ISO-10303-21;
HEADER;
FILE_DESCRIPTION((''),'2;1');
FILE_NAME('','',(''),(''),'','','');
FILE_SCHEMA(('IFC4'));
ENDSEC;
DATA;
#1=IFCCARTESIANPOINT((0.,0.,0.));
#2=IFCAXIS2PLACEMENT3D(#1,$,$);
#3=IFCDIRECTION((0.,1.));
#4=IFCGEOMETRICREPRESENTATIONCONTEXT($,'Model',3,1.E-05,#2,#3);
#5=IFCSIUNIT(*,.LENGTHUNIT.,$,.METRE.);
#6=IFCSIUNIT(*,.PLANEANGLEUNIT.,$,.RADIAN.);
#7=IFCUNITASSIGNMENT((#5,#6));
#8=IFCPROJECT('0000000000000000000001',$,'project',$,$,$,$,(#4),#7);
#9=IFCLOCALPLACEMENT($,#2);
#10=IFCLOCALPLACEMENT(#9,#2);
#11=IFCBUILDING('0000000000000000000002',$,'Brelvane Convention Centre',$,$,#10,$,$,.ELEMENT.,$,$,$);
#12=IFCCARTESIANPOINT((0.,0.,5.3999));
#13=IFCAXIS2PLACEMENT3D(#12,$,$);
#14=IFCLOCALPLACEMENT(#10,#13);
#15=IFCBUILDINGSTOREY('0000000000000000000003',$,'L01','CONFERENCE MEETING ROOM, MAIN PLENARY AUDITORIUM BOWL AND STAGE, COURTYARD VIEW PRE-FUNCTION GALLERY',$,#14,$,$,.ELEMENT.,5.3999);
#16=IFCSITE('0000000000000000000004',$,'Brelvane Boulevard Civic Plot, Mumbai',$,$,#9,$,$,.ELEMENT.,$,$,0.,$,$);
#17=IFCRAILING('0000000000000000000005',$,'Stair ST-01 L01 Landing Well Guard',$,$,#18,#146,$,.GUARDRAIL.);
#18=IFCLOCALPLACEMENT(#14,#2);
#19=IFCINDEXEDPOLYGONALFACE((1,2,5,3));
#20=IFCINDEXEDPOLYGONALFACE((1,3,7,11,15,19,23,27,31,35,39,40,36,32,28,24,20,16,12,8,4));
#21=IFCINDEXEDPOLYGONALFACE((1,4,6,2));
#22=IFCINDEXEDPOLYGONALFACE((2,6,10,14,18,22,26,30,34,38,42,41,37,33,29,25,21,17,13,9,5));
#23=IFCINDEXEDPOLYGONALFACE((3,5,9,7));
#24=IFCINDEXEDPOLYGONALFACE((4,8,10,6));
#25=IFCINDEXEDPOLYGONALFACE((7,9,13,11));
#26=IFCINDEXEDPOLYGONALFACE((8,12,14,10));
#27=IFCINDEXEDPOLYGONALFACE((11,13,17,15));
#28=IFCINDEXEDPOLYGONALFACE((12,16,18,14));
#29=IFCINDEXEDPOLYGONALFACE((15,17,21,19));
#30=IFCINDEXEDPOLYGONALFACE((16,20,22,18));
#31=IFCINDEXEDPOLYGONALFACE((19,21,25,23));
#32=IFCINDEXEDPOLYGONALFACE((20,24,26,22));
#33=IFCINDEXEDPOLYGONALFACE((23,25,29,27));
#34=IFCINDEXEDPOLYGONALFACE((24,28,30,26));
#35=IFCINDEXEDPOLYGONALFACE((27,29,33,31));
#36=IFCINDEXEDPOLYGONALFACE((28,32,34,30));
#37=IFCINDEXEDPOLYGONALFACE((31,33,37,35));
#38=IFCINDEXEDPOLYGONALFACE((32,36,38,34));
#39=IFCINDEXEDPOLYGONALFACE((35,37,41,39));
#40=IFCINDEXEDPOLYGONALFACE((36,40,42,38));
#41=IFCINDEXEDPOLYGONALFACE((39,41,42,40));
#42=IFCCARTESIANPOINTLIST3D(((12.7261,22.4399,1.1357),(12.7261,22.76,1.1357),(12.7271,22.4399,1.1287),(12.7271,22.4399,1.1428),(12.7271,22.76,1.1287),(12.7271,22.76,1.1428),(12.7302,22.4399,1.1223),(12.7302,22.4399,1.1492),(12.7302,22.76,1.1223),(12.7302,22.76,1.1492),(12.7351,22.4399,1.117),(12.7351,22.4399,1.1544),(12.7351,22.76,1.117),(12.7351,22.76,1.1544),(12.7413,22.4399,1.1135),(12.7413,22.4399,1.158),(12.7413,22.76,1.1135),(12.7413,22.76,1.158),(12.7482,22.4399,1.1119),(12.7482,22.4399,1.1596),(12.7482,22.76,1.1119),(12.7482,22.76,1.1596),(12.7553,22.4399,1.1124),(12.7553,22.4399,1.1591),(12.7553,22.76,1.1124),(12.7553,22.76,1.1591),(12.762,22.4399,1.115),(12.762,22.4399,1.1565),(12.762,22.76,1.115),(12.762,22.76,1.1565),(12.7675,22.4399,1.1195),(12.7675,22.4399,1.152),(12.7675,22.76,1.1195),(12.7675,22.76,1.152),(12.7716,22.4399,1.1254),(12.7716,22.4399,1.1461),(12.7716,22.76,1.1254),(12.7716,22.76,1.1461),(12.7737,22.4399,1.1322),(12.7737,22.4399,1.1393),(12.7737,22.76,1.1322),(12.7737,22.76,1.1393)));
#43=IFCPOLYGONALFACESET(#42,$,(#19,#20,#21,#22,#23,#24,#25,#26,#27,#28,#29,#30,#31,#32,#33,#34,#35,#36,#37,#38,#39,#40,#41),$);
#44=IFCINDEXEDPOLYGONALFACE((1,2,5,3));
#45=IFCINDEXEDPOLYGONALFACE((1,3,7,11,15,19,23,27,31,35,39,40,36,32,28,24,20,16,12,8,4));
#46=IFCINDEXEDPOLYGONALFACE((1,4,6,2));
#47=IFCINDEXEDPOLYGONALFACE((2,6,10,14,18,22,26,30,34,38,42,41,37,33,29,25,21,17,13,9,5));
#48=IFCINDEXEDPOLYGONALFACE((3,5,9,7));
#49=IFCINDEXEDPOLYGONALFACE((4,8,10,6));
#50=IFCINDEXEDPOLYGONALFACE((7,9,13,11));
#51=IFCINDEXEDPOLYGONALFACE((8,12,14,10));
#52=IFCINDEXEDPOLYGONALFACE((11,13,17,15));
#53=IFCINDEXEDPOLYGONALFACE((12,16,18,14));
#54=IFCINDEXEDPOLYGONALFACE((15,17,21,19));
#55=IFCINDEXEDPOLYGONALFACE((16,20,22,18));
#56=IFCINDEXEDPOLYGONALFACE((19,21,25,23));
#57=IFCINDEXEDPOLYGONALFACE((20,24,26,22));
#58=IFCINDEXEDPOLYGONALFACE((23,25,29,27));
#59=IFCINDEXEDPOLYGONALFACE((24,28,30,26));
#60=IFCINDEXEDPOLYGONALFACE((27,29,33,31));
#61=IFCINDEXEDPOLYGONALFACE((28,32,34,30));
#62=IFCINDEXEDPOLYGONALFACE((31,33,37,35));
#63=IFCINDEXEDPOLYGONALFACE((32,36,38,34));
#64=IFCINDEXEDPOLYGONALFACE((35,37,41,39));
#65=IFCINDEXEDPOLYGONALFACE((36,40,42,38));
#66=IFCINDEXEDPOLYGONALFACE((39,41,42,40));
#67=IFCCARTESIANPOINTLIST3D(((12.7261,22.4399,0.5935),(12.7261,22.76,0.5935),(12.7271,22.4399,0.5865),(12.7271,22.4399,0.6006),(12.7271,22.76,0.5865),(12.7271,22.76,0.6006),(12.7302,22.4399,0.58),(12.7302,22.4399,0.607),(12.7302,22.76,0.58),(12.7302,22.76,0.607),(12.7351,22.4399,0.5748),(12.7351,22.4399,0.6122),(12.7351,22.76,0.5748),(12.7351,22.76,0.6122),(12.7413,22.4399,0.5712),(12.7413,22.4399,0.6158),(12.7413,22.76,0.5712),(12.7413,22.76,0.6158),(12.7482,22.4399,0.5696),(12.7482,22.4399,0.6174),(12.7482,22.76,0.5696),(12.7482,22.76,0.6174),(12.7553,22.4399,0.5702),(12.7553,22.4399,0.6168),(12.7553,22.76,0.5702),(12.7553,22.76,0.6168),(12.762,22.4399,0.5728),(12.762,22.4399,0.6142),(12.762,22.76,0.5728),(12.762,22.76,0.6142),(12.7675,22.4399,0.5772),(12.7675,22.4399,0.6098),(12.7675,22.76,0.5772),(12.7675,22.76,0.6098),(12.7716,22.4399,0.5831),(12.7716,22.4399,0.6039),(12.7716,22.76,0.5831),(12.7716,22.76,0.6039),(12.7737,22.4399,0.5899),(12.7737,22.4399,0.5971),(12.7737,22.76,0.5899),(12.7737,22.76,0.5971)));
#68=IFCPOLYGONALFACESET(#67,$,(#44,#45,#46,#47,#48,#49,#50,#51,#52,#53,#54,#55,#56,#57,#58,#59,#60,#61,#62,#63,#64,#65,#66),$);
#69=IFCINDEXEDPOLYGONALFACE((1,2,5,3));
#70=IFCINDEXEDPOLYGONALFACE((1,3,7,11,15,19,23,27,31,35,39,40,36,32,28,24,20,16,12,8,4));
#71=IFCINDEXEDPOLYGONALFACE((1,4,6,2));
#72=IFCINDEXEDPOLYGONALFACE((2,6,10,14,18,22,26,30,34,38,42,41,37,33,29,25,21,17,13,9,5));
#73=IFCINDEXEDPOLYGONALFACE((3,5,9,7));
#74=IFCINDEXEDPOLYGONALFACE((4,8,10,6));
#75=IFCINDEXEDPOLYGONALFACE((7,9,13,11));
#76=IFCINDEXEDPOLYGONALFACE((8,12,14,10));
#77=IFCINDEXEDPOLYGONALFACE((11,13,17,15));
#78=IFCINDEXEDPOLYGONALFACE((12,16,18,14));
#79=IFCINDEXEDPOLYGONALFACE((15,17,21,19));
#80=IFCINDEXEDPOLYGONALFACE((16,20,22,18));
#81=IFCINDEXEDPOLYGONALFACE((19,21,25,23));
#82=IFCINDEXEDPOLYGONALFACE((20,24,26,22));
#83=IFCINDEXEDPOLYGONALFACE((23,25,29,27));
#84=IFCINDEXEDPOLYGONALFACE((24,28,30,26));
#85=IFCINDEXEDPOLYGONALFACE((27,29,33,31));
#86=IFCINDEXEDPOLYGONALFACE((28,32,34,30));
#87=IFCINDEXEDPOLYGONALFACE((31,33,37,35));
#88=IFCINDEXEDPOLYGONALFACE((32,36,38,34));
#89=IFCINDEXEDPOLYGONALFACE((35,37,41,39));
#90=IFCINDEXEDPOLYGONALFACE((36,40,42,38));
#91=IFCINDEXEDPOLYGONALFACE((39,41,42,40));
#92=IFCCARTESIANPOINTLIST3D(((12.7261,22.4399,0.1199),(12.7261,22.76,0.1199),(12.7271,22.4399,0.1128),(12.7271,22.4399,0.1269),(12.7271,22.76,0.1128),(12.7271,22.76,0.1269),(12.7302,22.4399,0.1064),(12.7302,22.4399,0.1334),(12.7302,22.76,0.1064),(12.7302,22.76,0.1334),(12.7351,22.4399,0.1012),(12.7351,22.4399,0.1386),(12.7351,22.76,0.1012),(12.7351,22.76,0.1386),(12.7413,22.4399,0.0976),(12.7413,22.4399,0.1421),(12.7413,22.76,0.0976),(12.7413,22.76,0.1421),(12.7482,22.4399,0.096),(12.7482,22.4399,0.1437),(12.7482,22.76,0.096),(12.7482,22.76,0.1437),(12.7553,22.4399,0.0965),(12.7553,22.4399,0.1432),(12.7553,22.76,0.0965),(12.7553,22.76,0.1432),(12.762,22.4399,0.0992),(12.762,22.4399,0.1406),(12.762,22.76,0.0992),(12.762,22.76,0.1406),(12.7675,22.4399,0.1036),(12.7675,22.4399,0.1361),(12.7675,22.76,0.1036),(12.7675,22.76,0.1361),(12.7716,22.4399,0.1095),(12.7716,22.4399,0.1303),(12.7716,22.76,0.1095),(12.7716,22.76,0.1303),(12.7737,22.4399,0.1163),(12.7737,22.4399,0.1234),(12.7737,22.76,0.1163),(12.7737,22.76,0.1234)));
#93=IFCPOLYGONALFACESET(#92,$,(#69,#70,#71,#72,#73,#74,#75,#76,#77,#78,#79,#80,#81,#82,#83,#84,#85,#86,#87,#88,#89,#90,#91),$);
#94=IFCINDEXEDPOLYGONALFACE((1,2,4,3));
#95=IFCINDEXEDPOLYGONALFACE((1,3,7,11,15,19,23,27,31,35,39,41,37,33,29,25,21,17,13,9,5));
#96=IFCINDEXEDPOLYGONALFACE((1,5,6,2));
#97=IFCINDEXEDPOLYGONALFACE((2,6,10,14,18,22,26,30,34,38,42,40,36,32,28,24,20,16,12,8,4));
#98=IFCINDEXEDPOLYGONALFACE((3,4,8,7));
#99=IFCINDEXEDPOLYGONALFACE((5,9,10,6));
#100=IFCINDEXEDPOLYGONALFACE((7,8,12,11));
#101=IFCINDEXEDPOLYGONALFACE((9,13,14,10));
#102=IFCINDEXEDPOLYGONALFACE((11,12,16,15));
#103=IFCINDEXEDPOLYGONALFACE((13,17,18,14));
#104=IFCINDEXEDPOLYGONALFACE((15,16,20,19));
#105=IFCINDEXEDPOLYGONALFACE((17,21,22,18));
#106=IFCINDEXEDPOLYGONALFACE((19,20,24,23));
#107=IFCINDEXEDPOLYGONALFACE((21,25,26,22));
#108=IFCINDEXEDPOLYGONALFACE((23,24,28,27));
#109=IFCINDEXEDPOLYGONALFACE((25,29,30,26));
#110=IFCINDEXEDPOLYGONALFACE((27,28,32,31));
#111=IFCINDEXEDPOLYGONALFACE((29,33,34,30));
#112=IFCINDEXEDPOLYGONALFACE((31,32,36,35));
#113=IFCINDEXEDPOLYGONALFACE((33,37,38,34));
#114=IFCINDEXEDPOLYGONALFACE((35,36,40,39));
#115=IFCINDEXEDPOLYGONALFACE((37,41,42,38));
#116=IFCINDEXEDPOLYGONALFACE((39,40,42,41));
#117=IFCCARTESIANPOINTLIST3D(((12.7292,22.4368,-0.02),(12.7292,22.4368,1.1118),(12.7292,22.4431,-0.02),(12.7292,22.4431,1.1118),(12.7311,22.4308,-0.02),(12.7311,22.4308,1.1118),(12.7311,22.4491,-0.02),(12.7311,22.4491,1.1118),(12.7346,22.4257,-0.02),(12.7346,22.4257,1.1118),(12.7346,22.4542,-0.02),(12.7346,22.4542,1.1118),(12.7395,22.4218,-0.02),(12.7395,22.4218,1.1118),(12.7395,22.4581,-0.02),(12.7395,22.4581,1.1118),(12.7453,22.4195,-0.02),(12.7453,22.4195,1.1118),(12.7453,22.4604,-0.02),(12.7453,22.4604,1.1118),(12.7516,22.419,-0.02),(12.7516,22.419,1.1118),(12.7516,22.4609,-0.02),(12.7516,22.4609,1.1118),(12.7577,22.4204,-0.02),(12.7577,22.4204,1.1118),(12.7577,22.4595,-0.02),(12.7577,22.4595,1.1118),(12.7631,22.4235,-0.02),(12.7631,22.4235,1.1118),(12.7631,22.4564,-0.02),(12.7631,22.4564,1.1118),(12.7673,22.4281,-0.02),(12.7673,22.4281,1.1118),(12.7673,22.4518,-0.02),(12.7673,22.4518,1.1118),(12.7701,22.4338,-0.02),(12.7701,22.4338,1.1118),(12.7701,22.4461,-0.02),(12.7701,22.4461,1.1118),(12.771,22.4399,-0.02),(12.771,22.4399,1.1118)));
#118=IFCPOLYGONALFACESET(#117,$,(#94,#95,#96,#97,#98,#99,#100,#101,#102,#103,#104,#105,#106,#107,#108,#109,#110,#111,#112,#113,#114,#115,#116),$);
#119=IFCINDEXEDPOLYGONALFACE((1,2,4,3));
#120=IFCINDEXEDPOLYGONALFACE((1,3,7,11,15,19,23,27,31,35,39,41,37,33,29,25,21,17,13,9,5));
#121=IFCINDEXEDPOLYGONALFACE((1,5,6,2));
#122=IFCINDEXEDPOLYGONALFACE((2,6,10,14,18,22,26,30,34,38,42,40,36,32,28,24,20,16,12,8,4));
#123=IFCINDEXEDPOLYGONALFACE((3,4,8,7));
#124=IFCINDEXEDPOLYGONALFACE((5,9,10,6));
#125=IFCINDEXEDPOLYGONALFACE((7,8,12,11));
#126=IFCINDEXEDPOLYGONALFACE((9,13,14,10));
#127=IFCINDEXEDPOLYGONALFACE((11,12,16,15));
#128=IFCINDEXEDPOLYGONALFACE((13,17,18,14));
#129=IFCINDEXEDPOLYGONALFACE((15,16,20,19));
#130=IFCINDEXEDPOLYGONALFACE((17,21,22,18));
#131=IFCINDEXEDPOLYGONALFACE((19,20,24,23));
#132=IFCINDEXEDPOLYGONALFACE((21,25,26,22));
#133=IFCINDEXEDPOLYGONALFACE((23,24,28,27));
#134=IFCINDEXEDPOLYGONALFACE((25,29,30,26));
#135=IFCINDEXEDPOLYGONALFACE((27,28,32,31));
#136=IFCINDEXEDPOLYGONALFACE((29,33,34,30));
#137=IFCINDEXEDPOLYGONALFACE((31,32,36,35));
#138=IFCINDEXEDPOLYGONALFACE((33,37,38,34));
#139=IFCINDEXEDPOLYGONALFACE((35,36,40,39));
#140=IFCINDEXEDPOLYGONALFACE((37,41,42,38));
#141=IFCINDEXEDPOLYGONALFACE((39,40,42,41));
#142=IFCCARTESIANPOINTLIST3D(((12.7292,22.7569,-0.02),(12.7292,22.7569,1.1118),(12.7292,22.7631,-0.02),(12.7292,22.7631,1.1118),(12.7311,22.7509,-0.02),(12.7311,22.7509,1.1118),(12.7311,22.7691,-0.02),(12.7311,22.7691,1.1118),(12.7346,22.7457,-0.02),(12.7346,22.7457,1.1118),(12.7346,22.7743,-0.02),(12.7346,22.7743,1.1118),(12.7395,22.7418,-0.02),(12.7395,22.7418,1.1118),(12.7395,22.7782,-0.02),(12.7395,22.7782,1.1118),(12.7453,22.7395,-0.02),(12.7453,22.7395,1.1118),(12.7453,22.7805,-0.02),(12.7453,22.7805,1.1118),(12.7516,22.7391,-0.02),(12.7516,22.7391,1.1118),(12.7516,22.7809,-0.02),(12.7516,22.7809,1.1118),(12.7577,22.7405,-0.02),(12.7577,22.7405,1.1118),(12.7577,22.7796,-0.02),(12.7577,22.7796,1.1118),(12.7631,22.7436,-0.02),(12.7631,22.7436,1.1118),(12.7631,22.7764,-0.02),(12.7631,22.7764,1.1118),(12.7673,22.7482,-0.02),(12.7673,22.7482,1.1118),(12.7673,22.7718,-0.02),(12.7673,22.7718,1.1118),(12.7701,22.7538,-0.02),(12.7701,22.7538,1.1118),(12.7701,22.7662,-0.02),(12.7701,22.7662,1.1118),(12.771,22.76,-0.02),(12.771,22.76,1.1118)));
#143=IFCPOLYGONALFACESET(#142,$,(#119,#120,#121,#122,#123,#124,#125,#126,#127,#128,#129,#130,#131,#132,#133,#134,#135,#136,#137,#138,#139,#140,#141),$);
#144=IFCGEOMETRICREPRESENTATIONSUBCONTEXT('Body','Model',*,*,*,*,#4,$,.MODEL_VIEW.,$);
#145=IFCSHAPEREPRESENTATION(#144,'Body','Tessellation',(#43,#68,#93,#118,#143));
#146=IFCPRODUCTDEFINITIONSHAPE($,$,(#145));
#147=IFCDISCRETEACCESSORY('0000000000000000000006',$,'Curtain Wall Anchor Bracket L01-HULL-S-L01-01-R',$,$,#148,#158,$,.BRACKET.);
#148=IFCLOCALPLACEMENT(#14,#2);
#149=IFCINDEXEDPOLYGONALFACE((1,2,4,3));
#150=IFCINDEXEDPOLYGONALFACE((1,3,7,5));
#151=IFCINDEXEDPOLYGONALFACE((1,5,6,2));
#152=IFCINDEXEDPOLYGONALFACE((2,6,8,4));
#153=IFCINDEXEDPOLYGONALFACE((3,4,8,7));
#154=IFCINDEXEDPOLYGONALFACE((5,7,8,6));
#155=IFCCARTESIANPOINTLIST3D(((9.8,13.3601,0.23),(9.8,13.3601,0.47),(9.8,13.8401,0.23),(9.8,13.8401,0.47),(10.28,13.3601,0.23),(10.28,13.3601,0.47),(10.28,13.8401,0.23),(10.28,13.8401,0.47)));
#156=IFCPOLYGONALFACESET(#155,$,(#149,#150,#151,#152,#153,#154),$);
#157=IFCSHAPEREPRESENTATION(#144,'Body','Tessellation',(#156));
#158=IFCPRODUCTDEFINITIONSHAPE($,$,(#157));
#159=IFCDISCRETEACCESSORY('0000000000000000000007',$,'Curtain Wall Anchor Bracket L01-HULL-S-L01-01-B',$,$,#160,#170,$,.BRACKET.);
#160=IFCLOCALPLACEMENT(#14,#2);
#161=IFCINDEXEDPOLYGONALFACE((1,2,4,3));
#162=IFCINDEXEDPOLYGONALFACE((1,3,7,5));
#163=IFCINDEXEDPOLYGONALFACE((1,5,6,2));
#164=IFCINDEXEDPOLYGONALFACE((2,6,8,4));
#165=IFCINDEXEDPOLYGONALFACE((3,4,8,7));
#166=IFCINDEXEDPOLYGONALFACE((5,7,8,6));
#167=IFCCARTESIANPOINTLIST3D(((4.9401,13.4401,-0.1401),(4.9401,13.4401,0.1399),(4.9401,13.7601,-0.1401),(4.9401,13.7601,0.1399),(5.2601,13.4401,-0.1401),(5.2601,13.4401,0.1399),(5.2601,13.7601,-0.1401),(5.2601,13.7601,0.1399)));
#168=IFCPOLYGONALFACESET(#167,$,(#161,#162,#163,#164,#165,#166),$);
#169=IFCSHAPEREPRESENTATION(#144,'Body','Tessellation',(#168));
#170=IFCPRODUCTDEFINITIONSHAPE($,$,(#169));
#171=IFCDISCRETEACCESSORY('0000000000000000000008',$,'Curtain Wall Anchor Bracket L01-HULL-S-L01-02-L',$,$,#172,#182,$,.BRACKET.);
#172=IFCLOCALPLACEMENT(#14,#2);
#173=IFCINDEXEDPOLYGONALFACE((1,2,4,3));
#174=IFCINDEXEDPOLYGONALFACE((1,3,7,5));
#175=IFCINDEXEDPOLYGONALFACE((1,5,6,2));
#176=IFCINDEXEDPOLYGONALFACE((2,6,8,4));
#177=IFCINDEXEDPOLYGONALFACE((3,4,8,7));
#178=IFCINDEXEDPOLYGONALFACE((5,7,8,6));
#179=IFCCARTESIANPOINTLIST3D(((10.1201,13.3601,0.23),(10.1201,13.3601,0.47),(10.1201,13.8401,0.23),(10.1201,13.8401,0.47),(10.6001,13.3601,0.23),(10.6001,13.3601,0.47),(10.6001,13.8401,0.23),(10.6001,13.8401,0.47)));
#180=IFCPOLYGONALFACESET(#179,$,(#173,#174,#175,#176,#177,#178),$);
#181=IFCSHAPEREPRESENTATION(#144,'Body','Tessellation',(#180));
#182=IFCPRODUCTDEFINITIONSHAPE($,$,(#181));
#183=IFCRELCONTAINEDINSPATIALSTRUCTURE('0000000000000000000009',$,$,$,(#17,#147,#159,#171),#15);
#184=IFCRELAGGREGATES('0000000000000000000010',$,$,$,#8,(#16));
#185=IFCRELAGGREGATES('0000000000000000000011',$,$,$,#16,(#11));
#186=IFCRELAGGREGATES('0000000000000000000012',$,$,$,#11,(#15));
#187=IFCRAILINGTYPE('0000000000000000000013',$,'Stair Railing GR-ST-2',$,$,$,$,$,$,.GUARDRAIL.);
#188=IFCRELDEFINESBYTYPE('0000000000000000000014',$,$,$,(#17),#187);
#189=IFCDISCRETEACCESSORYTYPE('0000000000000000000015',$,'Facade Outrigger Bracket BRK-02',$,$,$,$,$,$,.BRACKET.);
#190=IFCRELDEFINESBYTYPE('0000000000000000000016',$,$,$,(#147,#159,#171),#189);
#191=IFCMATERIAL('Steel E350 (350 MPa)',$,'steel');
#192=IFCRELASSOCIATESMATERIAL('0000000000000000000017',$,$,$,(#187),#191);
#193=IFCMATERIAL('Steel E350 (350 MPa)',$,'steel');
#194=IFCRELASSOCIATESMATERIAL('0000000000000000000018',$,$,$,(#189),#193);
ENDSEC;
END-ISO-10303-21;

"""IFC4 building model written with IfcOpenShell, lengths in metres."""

from ifc_helpers import new_model, si_unit, direction, frame, origin, origin_2d, place, context, subcontext, project, spatial, rectangle, circle, extrude, material, type_object, element, save


model = new_model("IFC4")

# Units and contexts
model_context = context("Model", 3, precision=1e-05, world=origin(), true_north=direction((0.0, 1.0)))
body_context = subcontext(model_context, "Body", "Model", "MODEL_VIEW")
ifc_project = project(units=[si_unit("LENGTHUNIT", "METRE"), si_unit("PLANEANGLEUNIT", "RADIAN")], contexts=[model_context])

# Site, building, storey
site_placement = place(None, origin())
site = spatial("IfcSite", under=ifc_project, at=site_placement, Name="Brelvane Boulevard Civic Plot, Mumbai", CompositionType="ELEMENT", RefElevation=0.0)
building_placement = place(site_placement, origin())
building = spatial("IfcBuilding", under=site, at=building_placement, Name="Brelvane Convention Centre", CompositionType="ELEMENT")
storey_placement = place(building_placement, frame((0.0, 0.0, 5.3999)))
storey = spatial("IfcBuildingStorey", under=building, at=storey_placement, Name="L01", Description="CONFERENCE MEETING ROOM, MAIN PLENARY AUDITORIUM BOWL AND STAGE, COURTYARD VIEW PRE-FUNCTION GALLERY", CompositionType="ELEMENT", Elevation=5.3999)

# Railing
ifc_material_1 = material(Name="Steel E350 (350 MPa)", Category="steel")
railing_type_1 = type_object("IfcRailingType", Name="Stair Railing GR-ST-2", PredefinedType="GUARDRAIL", material=ifc_material_1)
railing_1_placement = place(storey_placement, frame((12.75, 22.4399, -0.02)))
element("IfcRailing", 1, at=railing_1_placement, inside=storey, type_object=railing_type_1, Name="Stair ST-01 L01 Landing Well Guard", PredefinedType="GUARDRAIL", context=body_context, shape_type="SweptSolid", body=[
    extrude(circle(Radius=0.0239, at=origin_2d()), frame((0.0, 0.0, 1.1558), z_axis=(0.0, 1.0, 0.0), x_axis=(-1.0, 0.0, 0.0)), (0.0, 0.0, 1.0), 0.3201),
    extrude(circle(Radius=0.0239, at=origin_2d()), frame((0.0, 0.0, 0.6135), z_axis=(0.0, 1.0, 0.0), x_axis=(-1.0, 0.0, 0.0)), (0.0, 0.0, 1.0), 0.3201),
    extrude(circle(Radius=0.0239, at=origin_2d()), frame((0.0, 0.0, 0.1399), z_axis=(0.0, 1.0, 0.0), x_axis=(-1.0, 0.0, 0.0)), (0.0, 0.0, 1.0), 0.3201),
    extrude(circle(Radius=0.021, at=origin_2d()), origin(), (0.0, 0.0, 1.0), 1.1318),
    extrude(circle(Radius=0.021, at=origin_2d()), frame((0.0, 0.3201, 0.0)), (0.0, 0.0, 1.0), 1.1318),
])

# Discrete accessories
ifc_material_2 = material(Name="Steel E350 (350 MPa)", Category="steel")
discrete_accessory_type = type_object("IfcDiscreteAccessoryType", Name="Facade Outrigger Bracket BRK-02", PredefinedType="BRACKET", material=ifc_material_2)
discrete_accessory_1_placement = place(storey_placement, frame((10.04, 13.6001, 0.23), z_axis=(0.0, 0.0, 1.0), x_axis=(1.0, 0.0, 0.0)))
element("IfcDiscreteAccessory", 2, at=discrete_accessory_1_placement, inside=storey, type_object=discrete_accessory_type, Name="Curtain Wall Anchor Bracket L01-HULL-S-L01-01-R", PredefinedType="BRACKET", context=body_context, shape_type="SweptSolid", body=[
    extrude(rectangle(XDim=0.48, YDim=0.48, at=origin_2d()), origin(), (0.0, 0.0, 1.0), 0.24),
])
discrete_accessory_2_placement = place(storey_placement, frame((5.1001, 13.6001, -0.1401), z_axis=(0.0, 0.0, 1.0), x_axis=(1.0, 0.0, 0.0)))
element("IfcDiscreteAccessory", 3, at=discrete_accessory_2_placement, inside=storey, type_object=discrete_accessory_type, Name="Curtain Wall Anchor Bracket L01-HULL-S-L01-01-B", PredefinedType="BRACKET", context=body_context, shape_type="SweptSolid", body=[
    extrude(rectangle(XDim=0.3201, YDim=0.3201, at=origin_2d()), origin(), (0.0, 0.0, 1.0), 0.28),
])
discrete_accessory_3_placement = place(storey_placement, frame((10.3601, 13.6001, 0.23), z_axis=(0.0, 0.0, 1.0), x_axis=(1.0, 0.0, 0.0)))
element("IfcDiscreteAccessory", 4, at=discrete_accessory_3_placement, inside=storey, type_object=discrete_accessory_type, Name="Curtain Wall Anchor Bracket L01-HULL-S-L01-02-L", PredefinedType="BRACKET", context=body_context, shape_type="SweptSolid", body=[
    extrude(rectangle(XDim=0.48, YDim=0.48, at=origin_2d()), origin(), (0.0, 0.0, 1.0), 0.24),
])

save(model, "model.ifc")
